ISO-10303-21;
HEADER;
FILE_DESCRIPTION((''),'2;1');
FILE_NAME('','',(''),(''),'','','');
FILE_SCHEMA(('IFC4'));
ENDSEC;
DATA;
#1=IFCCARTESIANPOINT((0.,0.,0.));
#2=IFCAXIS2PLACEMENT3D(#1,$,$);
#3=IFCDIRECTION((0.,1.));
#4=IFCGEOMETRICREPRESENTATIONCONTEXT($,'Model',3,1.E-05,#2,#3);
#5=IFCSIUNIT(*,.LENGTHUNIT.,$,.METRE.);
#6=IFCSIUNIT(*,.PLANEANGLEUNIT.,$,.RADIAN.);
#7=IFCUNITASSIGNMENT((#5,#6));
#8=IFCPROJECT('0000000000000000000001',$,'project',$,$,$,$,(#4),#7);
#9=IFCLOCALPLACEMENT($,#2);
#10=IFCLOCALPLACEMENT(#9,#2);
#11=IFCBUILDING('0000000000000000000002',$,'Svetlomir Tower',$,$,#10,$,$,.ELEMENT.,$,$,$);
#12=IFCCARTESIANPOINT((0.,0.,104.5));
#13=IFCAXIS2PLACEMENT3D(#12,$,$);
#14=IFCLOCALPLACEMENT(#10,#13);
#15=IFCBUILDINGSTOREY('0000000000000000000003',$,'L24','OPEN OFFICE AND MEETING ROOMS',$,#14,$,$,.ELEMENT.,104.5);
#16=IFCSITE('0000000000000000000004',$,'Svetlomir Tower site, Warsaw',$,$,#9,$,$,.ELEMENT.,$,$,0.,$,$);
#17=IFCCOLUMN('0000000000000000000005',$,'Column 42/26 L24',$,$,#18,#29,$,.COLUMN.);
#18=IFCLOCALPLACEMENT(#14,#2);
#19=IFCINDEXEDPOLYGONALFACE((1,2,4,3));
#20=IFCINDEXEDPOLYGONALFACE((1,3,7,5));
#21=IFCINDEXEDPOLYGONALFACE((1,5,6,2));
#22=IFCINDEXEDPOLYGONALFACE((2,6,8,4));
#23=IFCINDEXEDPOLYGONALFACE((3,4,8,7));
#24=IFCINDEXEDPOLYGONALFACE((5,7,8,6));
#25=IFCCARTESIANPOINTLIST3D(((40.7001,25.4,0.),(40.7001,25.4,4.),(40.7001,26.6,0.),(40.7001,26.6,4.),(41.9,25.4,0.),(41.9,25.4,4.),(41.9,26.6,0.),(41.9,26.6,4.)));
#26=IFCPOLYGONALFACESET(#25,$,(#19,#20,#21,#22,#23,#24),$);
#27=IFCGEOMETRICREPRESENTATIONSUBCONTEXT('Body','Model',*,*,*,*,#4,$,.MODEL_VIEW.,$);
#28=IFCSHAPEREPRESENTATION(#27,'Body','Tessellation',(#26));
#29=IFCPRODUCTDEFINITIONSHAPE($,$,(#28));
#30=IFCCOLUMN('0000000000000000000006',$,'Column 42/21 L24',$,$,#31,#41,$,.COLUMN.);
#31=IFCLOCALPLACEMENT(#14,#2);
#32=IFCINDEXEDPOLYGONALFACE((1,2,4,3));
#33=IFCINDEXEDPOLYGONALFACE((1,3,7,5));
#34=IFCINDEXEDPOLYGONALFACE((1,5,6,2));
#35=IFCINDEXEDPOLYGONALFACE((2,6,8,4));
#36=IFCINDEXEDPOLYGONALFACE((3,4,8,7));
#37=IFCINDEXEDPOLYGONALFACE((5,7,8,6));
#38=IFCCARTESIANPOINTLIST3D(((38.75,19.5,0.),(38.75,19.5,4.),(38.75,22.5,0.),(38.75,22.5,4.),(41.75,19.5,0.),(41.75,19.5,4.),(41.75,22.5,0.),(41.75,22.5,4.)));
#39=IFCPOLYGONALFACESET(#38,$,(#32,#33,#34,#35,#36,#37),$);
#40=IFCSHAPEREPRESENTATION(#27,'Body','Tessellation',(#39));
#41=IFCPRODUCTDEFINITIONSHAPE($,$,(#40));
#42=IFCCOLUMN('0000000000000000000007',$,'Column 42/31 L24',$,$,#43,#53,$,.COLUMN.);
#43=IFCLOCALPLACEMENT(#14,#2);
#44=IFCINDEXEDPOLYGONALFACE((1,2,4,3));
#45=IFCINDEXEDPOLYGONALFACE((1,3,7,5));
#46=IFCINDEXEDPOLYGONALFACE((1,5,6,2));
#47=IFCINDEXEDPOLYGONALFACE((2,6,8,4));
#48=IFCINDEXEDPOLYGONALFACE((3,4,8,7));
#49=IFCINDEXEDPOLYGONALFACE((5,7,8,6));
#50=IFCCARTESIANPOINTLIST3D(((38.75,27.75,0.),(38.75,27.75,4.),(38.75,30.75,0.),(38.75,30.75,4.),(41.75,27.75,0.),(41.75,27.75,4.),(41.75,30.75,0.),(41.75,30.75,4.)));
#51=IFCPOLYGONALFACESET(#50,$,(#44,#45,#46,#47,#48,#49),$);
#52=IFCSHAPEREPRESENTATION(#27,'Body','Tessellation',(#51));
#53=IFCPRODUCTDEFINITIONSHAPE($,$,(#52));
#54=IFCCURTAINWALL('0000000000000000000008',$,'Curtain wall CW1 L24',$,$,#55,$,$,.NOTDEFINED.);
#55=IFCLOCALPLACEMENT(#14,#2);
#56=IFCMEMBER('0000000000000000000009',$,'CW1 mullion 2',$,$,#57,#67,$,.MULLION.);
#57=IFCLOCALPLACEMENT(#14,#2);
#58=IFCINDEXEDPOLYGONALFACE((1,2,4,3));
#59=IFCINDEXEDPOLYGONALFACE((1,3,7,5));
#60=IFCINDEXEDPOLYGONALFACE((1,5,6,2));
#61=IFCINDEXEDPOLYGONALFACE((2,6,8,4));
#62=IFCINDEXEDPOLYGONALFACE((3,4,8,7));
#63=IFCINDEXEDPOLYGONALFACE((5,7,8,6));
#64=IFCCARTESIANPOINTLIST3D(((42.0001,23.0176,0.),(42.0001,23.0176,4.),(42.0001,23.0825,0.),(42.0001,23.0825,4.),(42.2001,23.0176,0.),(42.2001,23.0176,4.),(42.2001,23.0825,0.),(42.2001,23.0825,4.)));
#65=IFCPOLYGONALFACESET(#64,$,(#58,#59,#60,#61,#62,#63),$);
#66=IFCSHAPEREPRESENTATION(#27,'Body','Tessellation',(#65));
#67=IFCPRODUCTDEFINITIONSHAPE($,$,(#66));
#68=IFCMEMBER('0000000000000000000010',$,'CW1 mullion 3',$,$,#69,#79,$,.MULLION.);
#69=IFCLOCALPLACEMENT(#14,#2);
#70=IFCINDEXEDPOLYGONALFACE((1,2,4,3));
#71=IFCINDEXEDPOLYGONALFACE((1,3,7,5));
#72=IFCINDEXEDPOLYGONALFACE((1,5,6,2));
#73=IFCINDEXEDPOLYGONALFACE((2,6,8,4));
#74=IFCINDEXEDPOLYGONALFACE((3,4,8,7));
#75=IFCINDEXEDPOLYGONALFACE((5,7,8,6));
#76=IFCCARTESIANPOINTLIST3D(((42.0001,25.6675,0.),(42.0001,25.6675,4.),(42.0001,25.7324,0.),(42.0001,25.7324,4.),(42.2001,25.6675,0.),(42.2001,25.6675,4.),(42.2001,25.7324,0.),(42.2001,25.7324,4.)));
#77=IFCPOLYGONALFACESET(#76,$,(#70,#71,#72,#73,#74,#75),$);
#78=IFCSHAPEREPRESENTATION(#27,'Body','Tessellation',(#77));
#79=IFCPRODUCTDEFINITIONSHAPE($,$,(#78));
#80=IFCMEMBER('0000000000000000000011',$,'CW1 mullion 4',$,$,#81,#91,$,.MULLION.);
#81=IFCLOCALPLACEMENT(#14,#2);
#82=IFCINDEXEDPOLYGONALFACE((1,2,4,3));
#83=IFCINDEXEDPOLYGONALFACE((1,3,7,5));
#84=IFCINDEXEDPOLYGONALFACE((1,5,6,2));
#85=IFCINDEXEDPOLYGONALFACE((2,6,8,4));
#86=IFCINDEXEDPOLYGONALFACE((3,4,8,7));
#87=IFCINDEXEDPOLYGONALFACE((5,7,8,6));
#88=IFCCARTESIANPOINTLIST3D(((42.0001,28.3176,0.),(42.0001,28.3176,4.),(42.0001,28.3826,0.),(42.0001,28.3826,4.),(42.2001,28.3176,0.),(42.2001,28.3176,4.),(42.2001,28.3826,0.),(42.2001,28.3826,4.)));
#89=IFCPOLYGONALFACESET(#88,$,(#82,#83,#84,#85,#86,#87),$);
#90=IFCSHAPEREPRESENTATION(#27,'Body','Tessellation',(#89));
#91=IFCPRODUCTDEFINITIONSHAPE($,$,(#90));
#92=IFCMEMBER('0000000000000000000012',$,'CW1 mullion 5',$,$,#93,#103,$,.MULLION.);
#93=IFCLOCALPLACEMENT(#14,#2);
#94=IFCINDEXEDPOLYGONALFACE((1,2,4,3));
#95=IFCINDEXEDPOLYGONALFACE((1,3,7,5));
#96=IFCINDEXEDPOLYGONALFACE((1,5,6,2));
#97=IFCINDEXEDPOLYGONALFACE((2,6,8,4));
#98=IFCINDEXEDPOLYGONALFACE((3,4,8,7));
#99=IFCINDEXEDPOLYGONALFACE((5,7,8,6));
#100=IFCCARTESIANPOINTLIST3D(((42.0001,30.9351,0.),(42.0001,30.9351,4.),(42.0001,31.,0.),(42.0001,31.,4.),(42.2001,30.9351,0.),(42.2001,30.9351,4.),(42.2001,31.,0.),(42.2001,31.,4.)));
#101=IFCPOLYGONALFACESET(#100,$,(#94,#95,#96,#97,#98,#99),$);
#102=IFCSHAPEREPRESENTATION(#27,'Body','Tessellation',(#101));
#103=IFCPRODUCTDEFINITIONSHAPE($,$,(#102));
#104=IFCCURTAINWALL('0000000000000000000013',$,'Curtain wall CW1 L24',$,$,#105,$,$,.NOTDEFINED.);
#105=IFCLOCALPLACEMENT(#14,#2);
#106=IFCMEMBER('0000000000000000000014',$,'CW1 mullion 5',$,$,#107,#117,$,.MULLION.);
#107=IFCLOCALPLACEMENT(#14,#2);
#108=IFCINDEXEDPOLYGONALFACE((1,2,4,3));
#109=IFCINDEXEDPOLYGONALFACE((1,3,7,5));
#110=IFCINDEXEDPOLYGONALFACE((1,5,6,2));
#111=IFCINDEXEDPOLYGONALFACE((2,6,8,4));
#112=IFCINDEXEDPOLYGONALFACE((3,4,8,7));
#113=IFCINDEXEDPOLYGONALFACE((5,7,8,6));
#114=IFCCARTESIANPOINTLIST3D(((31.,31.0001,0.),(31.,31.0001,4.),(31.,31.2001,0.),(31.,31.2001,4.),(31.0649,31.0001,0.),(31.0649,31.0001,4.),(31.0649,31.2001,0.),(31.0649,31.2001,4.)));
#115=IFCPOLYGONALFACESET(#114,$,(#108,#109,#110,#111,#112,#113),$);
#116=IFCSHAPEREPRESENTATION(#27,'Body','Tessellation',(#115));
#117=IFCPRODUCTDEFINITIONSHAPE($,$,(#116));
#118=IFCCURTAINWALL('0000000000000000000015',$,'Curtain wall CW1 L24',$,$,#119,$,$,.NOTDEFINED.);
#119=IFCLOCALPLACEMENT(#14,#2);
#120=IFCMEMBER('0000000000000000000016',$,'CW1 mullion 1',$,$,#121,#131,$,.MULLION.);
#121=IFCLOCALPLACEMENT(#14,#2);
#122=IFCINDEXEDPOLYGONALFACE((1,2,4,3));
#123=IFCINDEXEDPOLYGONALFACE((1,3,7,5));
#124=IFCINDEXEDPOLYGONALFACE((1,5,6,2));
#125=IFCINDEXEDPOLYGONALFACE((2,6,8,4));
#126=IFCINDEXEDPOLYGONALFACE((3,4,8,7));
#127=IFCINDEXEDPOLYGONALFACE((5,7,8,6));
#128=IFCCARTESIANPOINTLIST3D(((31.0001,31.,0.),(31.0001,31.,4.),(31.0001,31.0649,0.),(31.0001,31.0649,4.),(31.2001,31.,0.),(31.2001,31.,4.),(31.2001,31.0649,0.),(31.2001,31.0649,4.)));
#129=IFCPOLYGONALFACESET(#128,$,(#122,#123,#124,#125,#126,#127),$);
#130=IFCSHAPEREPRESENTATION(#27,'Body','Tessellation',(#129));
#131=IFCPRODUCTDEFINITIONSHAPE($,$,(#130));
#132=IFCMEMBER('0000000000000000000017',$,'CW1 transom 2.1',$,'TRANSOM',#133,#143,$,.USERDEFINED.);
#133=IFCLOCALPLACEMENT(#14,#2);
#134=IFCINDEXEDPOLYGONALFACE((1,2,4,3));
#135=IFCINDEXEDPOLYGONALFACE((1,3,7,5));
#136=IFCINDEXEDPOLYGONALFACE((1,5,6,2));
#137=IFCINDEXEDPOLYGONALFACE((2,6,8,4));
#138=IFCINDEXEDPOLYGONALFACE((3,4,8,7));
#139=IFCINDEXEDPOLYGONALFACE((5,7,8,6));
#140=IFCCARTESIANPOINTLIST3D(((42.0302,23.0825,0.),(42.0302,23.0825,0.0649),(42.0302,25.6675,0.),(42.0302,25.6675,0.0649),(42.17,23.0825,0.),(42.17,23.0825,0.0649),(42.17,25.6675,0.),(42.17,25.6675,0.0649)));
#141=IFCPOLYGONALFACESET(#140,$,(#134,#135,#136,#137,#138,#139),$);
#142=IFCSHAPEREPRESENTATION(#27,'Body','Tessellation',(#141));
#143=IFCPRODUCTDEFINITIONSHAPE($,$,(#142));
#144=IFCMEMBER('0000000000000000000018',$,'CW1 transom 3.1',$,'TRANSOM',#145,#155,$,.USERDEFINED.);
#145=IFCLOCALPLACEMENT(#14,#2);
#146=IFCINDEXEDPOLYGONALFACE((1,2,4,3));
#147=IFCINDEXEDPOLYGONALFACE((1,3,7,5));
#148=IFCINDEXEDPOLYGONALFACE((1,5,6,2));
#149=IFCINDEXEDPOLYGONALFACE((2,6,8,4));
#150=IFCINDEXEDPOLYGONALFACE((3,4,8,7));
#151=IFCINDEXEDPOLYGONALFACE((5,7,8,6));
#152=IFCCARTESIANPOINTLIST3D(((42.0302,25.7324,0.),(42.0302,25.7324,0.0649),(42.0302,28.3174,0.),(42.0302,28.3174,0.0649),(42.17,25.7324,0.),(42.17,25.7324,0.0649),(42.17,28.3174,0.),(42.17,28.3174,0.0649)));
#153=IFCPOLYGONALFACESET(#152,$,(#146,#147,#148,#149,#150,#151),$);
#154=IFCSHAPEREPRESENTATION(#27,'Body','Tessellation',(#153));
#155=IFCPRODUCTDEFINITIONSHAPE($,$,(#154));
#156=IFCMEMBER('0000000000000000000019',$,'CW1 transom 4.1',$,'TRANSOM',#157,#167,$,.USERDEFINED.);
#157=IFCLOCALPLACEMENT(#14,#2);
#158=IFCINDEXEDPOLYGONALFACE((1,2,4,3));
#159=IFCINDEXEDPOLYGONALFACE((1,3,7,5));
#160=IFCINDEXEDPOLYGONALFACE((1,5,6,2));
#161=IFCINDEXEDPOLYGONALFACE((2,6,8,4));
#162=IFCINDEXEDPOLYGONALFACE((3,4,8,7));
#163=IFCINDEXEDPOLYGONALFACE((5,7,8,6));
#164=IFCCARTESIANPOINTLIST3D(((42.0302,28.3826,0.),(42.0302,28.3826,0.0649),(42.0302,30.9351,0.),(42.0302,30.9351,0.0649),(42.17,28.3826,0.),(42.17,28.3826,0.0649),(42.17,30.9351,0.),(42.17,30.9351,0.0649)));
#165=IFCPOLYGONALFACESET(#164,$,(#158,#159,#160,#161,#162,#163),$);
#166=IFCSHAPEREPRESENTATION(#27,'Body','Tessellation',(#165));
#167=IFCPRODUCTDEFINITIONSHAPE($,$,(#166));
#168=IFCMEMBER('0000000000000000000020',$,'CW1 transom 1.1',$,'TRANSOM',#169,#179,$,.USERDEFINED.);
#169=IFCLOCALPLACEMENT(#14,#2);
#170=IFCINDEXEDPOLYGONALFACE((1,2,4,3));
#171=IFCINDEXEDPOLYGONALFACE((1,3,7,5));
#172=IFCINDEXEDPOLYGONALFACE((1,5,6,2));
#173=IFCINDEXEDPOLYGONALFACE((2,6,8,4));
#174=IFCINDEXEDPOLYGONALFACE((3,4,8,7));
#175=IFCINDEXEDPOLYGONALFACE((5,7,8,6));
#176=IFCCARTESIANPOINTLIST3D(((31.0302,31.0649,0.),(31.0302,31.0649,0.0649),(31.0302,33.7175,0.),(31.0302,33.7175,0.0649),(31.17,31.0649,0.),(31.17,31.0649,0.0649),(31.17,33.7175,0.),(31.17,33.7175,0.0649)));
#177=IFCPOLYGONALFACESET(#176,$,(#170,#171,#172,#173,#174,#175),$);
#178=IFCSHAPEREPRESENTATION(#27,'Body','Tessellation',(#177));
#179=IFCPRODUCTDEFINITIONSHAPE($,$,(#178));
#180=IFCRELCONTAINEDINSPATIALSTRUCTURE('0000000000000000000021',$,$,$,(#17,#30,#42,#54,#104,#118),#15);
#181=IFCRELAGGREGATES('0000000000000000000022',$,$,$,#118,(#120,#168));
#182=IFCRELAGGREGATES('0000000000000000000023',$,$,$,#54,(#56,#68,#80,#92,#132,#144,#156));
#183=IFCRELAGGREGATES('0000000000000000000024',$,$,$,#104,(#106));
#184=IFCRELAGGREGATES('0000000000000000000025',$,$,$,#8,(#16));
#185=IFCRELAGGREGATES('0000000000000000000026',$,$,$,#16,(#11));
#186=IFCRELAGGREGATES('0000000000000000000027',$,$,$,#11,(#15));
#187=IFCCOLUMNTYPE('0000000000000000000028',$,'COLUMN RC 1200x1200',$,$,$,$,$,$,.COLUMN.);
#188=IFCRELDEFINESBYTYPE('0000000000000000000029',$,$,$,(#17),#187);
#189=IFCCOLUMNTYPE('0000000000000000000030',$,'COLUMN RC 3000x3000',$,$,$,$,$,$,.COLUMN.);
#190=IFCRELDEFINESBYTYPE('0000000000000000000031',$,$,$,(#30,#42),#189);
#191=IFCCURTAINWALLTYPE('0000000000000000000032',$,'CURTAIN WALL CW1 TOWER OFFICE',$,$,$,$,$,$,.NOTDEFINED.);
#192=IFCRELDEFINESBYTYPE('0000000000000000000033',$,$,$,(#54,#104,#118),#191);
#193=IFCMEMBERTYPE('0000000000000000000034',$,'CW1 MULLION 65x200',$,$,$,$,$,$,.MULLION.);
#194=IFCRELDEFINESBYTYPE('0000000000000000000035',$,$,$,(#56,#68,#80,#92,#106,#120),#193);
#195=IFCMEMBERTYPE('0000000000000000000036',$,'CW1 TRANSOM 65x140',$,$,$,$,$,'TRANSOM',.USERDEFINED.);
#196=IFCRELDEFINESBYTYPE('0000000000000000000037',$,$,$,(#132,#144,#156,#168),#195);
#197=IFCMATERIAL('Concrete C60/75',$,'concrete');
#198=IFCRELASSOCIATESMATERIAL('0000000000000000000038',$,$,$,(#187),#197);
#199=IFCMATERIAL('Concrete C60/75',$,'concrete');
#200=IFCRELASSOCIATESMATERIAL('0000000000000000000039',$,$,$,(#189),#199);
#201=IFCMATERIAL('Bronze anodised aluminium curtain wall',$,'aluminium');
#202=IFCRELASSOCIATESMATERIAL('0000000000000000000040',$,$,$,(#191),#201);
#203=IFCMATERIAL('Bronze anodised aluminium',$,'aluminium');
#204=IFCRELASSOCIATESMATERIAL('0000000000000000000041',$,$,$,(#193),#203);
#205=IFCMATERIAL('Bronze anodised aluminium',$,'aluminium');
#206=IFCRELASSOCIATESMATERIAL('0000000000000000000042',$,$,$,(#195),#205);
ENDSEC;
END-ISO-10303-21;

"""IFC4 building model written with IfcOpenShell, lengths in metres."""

from ifc_helpers import new_model, si_unit, direction, frame, origin, origin_2d, place, context, subcontext, project, spatial, rectangle, extrude, material, material_profile, profile_set, type_object, element, aggregate, save


model = new_model("IFC4")

# Units and contexts
model_context = context("Model", 3, precision=1e-05, world=origin(), true_north=direction((0.0, 1.0)))
body_context = subcontext(model_context, "Body", "Model", "MODEL_VIEW")
ifc_project = project(units=[si_unit("LENGTHUNIT", "METRE"), si_unit("PLANEANGLEUNIT", "RADIAN")], contexts=[model_context])

# Site, building, storey
site_placement = place(None, origin())
site = spatial("IfcSite", under=ifc_project, at=site_placement, Name="Svetlomir Tower site, Warsaw", CompositionType="ELEMENT", RefElevation=0.0)
building_placement = place(site_placement, origin())
building = spatial("IfcBuilding", under=site, at=building_placement, Name="Svetlomir Tower", CompositionType="ELEMENT")
storey_placement = place(building_placement, frame((0.0, 0.0, 104.5)))
storey = spatial("IfcBuildingStorey", under=building, at=storey_placement, Name="L24", Description="OPEN OFFICE AND MEETING ROOMS", CompositionType="ELEMENT", Elevation=104.5)

# Columns
ifc_material_1 = material(Name="Concrete C60/75", Category="concrete")
ifc_material_profile_1 = material_profile(ifc_material_1, rectangle(XDim=1.2, YDim=1.2, at=origin_2d()), Name="RC 1200x1200")
ifc_profile_set_1 = profile_set([ifc_material_profile_1], Name="Concrete C60/75")
column_type_1 = type_object("IfcColumnType", Name="COLUMN RC 1200x1200", PredefinedType="COLUMN", material=ifc_profile_set_1)
column_placement = place(storey_placement, frame((41.3, 26.0, 0.0), z_axis=(0.0, 0.0, 1.0), x_axis=(1.0, 0.0, 0.0)))
element("IfcColumn", 1, at=column_placement, inside=storey, type_object=column_type_1, Name="Column 42/26 L24", PredefinedType="COLUMN", context=body_context, shape_type="SweptSolid", body=[
    extrude(rectangle(XDim=1.2, YDim=1.2, at=origin_2d()), origin(), (0.0, 0.0, 1.0), 4.0),
])
ifc_material_2 = material(Name="Concrete C60/75", Category="concrete")
ifc_material_profile_2 = material_profile(ifc_material_2, rectangle(XDim=3.0, YDim=3.0, at=origin_2d()), Name="RC 3000x3000")
ifc_profile_set_2 = profile_set([ifc_material_profile_2], Name="Concrete C60/75")
column_type_2 = type_object("IfcColumnType", Name="COLUMN RC 3000x3000", PredefinedType="COLUMN", material=ifc_profile_set_2)
for number, where, z_axis, x_axis, name in (
    (2, (40.25, 21.0, 0.0), (0.0, 0.0, 1.0), (1.0, 0.0, 0.0), "Column 42/21 L24"),
    (3, (40.25, 29.25, 0.0), (0.0, 0.0, 1.0), (1.0, 0.0, 0.0), "Column 42/31 L24"),
):
    element("IfcColumn", number, at=place(storey_placement, frame(where, z_axis=z_axis, x_axis=x_axis)), inside=storey, type_object=column_type_2, Name=name, PredefinedType="COLUMN", context=body_context, shape_type="SweptSolid", body=[
        extrude(rectangle(XDim=3.0, YDim=3.0, at=origin_2d()), origin(), (0.0, 0.0, 1.0), 4.0),
    ])

# Curtain wall, members
ifc_material_3 = material(Name="Bronze anodised aluminium curtain wall", Category="aluminium")
curtain_wall_type = type_object("IfcCurtainWallType", Name="CURTAIN WALL CW1 TOWER OFFICE", PredefinedType="NOTDEFINED", material=ifc_material_3)
curtain_wall_1_placement = place(storey_placement, origin())
curtain_wall_1 = element("IfcCurtainWall", 4, at=curtain_wall_1_placement, inside=storey, type_object=curtain_wall_type, Name="Curtain wall CW1 L24", PredefinedType="NOTDEFINED")
ifc_material_4 = material(Name="Bronze anodised aluminium", Category="aluminium")
ifc_material_profile_3 = material_profile(ifc_material_4, rectangle(XDim=0.0649, YDim=0.2, at=origin_2d()), Name="AL 65x200")
ifc_profile_set_3 = profile_set([ifc_material_profile_3], Name="Bronze anodised aluminium 6063-T6")
member_type_1 = type_object("IfcMemberType", Name="CW1 MULLION 65x200", PredefinedType="MULLION", material=ifc_profile_set_3)
member_1_placement = place(storey_placement, frame((42.1001, 23.05, 0.0), z_axis=(0.0, 0.0, 1.0), x_axis=(0.0, 1.0, 0.0)))
member_1 = element("IfcMember", 5, at=member_1_placement, type_object=member_type_1, Name="CW1 mullion 2", PredefinedType="MULLION", context=body_context, shape_type="SweptSolid", body=[
    extrude(rectangle(XDim=0.0649, YDim=0.2, at=origin_2d()), origin(), (0.0, 0.0, 1.0), 4.0),
])
member_2_placement = place(storey_placement, frame((42.1001, 25.7, 0.0), z_axis=(0.0, 0.0, 1.0), x_axis=(0.0, 1.0, 0.0)))
member_2 = element("IfcMember", 6, at=member_2_placement, type_object=member_type_1, Name="CW1 mullion 3", PredefinedType="MULLION", context=body_context, shape_type="SweptSolid", body=[
    extrude(rectangle(XDim=0.0649, YDim=0.2, at=origin_2d()), origin(), (0.0, 0.0, 1.0), 4.0),
])
member_3_placement = place(storey_placement, frame((42.1001, 28.3501, 0.0), z_axis=(0.0, 0.0, 1.0), x_axis=(0.0, 1.0, 0.0)))
member_3 = element("IfcMember", 7, at=member_3_placement, type_object=member_type_1, Name="CW1 mullion 4", PredefinedType="MULLION", context=body_context, shape_type="SweptSolid", body=[
    extrude(rectangle(XDim=0.0649, YDim=0.2, at=origin_2d()), origin(), (0.0, 0.0, 1.0), 4.0),
])
member_4_placement = place(storey_placement, frame((42.1001, 30.9675, 0.0), z_axis=(0.0, 0.0, 1.0), x_axis=(0.0, 1.0, 0.0)))
member_4 = element("IfcMember", 8, at=member_4_placement, type_object=member_type_1, Name="CW1 mullion 5", PredefinedType="MULLION", context=body_context, shape_type="SweptSolid", body=[
    extrude(rectangle(XDim=0.0649, YDim=0.2, at=origin_2d()), origin(), (0.0, 0.0, 1.0), 4.0),
])

# Curtain walls, members
curtain_wall_2_placement = place(storey_placement, origin())
curtain_wall_2 = element("IfcCurtainWall", 9, at=curtain_wall_2_placement, inside=storey, type_object=curtain_wall_type, Name="Curtain wall CW1 L24", PredefinedType="NOTDEFINED")
member_5_placement = place(storey_placement, frame((31.0325, 31.1001, 0.0), z_axis=(0.0, 0.0, 1.0), x_axis=(-1.0, 0.0, 0.0)))
member_5 = element("IfcMember", 10, at=member_5_placement, type_object=member_type_1, Name="CW1 mullion 5", PredefinedType="MULLION", context=body_context, shape_type="SweptSolid", body=[
    extrude(rectangle(XDim=0.0649, YDim=0.2, at=origin_2d()), origin(), (0.0, 0.0, 1.0), 4.0),
])
curtain_wall_3_placement = place(storey_placement, origin())
curtain_wall_3 = element("IfcCurtainWall", 11, at=curtain_wall_3_placement, inside=storey, type_object=curtain_wall_type, Name="Curtain wall CW1 L24", PredefinedType="NOTDEFINED")
member_6_placement = place(storey_placement, frame((31.1001, 31.0325, 0.0), z_axis=(0.0, 0.0, 1.0), x_axis=(0.0, 1.0, 0.0)))
member_6 = element("IfcMember", 12, at=member_6_placement, type_object=member_type_1, Name="CW1 mullion 1", PredefinedType="MULLION", context=body_context, shape_type="SweptSolid", body=[
    extrude(rectangle(XDim=0.0649, YDim=0.2, at=origin_2d()), origin(), (0.0, 0.0, 1.0), 4.0),
])

# Members
ifc_material_5 = material(Name="Bronze anodised aluminium", Category="aluminium")
ifc_material_profile_4 = material_profile(ifc_material_5, rectangle(XDim=0.1399, YDim=0.0649, at=origin_2d()), Name="AL 140x65")
ifc_profile_set_4 = profile_set([ifc_material_profile_4], Name="Bronze anodised aluminium 6063-T6")
member_type_2 = type_object("IfcMemberType", Name="CW1 TRANSOM 65x140", ElementType="TRANSOM", PredefinedType="USERDEFINED", material=ifc_profile_set_4)
member_7_placement = place(storey_placement, frame((42.1001, 23.0825, 0.0325), z_axis=(0.0, 1.0, 0.0), x_axis=(-1.0, 0.0, 0.0)))
member_7 = element("IfcMember", 13, at=member_7_placement, type_object=member_type_2, Name="CW1 transom 2.1", ObjectType="TRANSOM", PredefinedType="USERDEFINED", context=body_context, shape_type="SweptSolid", body=[
    extrude(rectangle(XDim=0.1399, YDim=0.0649, at=origin_2d()), origin(), (0.0, 0.0, 1.0), 2.585),
])
member_8_placement = place(storey_placement, frame((42.1001, 25.7324, 0.0325), z_axis=(0.0, 1.0, 0.0), x_axis=(-1.0, 0.0, 0.0)))
member_8 = element("IfcMember", 14, at=member_8_placement, type_object=member_type_2, Name="CW1 transom 3.1", ObjectType="TRANSOM", PredefinedType="USERDEFINED", context=body_context, shape_type="SweptSolid", body=[
    extrude(rectangle(XDim=0.1399, YDim=0.0649, at=origin_2d()), origin(), (0.0, 0.0, 1.0), 2.585),
])
member_9_placement = place(storey_placement, frame((42.1001, 28.3826, 0.0325), z_axis=(0.0, 1.0, 0.0), x_axis=(-1.0, 0.0, 0.0)))
member_9 = element("IfcMember", 15, at=member_9_placement, type_object=member_type_2, Name="CW1 transom 4.1", ObjectType="TRANSOM", PredefinedType="USERDEFINED", context=body_context, shape_type="SweptSolid", body=[
    extrude(rectangle(XDim=0.1399, YDim=0.0649, at=origin_2d()), origin(), (0.0, 0.0, 1.0), 2.5525),
])
member_10_placement = place(storey_placement, frame((31.1001, 31.0649, 0.0325), z_axis=(0.0, 1.0, 0.0), x_axis=(-1.0, 0.0, 0.0)))
member_10 = element("IfcMember", 16, at=member_10_placement, type_object=member_type_2, Name="CW1 transom 1.1", ObjectType="TRANSOM", PredefinedType="USERDEFINED", context=body_context, shape_type="SweptSolid", body=[
    extrude(rectangle(XDim=0.1399, YDim=0.0649, at=origin_2d()), origin(), (0.0, 0.0, 1.0), 2.6526),
])
aggregate(curtain_wall_3, [member_6, member_10])

aggregate(curtain_wall_1, [member_1, member_2, member_3, member_4, member_7, member_8, member_9])
aggregate(curtain_wall_2, [member_5])

save(model, "model.ifc")
